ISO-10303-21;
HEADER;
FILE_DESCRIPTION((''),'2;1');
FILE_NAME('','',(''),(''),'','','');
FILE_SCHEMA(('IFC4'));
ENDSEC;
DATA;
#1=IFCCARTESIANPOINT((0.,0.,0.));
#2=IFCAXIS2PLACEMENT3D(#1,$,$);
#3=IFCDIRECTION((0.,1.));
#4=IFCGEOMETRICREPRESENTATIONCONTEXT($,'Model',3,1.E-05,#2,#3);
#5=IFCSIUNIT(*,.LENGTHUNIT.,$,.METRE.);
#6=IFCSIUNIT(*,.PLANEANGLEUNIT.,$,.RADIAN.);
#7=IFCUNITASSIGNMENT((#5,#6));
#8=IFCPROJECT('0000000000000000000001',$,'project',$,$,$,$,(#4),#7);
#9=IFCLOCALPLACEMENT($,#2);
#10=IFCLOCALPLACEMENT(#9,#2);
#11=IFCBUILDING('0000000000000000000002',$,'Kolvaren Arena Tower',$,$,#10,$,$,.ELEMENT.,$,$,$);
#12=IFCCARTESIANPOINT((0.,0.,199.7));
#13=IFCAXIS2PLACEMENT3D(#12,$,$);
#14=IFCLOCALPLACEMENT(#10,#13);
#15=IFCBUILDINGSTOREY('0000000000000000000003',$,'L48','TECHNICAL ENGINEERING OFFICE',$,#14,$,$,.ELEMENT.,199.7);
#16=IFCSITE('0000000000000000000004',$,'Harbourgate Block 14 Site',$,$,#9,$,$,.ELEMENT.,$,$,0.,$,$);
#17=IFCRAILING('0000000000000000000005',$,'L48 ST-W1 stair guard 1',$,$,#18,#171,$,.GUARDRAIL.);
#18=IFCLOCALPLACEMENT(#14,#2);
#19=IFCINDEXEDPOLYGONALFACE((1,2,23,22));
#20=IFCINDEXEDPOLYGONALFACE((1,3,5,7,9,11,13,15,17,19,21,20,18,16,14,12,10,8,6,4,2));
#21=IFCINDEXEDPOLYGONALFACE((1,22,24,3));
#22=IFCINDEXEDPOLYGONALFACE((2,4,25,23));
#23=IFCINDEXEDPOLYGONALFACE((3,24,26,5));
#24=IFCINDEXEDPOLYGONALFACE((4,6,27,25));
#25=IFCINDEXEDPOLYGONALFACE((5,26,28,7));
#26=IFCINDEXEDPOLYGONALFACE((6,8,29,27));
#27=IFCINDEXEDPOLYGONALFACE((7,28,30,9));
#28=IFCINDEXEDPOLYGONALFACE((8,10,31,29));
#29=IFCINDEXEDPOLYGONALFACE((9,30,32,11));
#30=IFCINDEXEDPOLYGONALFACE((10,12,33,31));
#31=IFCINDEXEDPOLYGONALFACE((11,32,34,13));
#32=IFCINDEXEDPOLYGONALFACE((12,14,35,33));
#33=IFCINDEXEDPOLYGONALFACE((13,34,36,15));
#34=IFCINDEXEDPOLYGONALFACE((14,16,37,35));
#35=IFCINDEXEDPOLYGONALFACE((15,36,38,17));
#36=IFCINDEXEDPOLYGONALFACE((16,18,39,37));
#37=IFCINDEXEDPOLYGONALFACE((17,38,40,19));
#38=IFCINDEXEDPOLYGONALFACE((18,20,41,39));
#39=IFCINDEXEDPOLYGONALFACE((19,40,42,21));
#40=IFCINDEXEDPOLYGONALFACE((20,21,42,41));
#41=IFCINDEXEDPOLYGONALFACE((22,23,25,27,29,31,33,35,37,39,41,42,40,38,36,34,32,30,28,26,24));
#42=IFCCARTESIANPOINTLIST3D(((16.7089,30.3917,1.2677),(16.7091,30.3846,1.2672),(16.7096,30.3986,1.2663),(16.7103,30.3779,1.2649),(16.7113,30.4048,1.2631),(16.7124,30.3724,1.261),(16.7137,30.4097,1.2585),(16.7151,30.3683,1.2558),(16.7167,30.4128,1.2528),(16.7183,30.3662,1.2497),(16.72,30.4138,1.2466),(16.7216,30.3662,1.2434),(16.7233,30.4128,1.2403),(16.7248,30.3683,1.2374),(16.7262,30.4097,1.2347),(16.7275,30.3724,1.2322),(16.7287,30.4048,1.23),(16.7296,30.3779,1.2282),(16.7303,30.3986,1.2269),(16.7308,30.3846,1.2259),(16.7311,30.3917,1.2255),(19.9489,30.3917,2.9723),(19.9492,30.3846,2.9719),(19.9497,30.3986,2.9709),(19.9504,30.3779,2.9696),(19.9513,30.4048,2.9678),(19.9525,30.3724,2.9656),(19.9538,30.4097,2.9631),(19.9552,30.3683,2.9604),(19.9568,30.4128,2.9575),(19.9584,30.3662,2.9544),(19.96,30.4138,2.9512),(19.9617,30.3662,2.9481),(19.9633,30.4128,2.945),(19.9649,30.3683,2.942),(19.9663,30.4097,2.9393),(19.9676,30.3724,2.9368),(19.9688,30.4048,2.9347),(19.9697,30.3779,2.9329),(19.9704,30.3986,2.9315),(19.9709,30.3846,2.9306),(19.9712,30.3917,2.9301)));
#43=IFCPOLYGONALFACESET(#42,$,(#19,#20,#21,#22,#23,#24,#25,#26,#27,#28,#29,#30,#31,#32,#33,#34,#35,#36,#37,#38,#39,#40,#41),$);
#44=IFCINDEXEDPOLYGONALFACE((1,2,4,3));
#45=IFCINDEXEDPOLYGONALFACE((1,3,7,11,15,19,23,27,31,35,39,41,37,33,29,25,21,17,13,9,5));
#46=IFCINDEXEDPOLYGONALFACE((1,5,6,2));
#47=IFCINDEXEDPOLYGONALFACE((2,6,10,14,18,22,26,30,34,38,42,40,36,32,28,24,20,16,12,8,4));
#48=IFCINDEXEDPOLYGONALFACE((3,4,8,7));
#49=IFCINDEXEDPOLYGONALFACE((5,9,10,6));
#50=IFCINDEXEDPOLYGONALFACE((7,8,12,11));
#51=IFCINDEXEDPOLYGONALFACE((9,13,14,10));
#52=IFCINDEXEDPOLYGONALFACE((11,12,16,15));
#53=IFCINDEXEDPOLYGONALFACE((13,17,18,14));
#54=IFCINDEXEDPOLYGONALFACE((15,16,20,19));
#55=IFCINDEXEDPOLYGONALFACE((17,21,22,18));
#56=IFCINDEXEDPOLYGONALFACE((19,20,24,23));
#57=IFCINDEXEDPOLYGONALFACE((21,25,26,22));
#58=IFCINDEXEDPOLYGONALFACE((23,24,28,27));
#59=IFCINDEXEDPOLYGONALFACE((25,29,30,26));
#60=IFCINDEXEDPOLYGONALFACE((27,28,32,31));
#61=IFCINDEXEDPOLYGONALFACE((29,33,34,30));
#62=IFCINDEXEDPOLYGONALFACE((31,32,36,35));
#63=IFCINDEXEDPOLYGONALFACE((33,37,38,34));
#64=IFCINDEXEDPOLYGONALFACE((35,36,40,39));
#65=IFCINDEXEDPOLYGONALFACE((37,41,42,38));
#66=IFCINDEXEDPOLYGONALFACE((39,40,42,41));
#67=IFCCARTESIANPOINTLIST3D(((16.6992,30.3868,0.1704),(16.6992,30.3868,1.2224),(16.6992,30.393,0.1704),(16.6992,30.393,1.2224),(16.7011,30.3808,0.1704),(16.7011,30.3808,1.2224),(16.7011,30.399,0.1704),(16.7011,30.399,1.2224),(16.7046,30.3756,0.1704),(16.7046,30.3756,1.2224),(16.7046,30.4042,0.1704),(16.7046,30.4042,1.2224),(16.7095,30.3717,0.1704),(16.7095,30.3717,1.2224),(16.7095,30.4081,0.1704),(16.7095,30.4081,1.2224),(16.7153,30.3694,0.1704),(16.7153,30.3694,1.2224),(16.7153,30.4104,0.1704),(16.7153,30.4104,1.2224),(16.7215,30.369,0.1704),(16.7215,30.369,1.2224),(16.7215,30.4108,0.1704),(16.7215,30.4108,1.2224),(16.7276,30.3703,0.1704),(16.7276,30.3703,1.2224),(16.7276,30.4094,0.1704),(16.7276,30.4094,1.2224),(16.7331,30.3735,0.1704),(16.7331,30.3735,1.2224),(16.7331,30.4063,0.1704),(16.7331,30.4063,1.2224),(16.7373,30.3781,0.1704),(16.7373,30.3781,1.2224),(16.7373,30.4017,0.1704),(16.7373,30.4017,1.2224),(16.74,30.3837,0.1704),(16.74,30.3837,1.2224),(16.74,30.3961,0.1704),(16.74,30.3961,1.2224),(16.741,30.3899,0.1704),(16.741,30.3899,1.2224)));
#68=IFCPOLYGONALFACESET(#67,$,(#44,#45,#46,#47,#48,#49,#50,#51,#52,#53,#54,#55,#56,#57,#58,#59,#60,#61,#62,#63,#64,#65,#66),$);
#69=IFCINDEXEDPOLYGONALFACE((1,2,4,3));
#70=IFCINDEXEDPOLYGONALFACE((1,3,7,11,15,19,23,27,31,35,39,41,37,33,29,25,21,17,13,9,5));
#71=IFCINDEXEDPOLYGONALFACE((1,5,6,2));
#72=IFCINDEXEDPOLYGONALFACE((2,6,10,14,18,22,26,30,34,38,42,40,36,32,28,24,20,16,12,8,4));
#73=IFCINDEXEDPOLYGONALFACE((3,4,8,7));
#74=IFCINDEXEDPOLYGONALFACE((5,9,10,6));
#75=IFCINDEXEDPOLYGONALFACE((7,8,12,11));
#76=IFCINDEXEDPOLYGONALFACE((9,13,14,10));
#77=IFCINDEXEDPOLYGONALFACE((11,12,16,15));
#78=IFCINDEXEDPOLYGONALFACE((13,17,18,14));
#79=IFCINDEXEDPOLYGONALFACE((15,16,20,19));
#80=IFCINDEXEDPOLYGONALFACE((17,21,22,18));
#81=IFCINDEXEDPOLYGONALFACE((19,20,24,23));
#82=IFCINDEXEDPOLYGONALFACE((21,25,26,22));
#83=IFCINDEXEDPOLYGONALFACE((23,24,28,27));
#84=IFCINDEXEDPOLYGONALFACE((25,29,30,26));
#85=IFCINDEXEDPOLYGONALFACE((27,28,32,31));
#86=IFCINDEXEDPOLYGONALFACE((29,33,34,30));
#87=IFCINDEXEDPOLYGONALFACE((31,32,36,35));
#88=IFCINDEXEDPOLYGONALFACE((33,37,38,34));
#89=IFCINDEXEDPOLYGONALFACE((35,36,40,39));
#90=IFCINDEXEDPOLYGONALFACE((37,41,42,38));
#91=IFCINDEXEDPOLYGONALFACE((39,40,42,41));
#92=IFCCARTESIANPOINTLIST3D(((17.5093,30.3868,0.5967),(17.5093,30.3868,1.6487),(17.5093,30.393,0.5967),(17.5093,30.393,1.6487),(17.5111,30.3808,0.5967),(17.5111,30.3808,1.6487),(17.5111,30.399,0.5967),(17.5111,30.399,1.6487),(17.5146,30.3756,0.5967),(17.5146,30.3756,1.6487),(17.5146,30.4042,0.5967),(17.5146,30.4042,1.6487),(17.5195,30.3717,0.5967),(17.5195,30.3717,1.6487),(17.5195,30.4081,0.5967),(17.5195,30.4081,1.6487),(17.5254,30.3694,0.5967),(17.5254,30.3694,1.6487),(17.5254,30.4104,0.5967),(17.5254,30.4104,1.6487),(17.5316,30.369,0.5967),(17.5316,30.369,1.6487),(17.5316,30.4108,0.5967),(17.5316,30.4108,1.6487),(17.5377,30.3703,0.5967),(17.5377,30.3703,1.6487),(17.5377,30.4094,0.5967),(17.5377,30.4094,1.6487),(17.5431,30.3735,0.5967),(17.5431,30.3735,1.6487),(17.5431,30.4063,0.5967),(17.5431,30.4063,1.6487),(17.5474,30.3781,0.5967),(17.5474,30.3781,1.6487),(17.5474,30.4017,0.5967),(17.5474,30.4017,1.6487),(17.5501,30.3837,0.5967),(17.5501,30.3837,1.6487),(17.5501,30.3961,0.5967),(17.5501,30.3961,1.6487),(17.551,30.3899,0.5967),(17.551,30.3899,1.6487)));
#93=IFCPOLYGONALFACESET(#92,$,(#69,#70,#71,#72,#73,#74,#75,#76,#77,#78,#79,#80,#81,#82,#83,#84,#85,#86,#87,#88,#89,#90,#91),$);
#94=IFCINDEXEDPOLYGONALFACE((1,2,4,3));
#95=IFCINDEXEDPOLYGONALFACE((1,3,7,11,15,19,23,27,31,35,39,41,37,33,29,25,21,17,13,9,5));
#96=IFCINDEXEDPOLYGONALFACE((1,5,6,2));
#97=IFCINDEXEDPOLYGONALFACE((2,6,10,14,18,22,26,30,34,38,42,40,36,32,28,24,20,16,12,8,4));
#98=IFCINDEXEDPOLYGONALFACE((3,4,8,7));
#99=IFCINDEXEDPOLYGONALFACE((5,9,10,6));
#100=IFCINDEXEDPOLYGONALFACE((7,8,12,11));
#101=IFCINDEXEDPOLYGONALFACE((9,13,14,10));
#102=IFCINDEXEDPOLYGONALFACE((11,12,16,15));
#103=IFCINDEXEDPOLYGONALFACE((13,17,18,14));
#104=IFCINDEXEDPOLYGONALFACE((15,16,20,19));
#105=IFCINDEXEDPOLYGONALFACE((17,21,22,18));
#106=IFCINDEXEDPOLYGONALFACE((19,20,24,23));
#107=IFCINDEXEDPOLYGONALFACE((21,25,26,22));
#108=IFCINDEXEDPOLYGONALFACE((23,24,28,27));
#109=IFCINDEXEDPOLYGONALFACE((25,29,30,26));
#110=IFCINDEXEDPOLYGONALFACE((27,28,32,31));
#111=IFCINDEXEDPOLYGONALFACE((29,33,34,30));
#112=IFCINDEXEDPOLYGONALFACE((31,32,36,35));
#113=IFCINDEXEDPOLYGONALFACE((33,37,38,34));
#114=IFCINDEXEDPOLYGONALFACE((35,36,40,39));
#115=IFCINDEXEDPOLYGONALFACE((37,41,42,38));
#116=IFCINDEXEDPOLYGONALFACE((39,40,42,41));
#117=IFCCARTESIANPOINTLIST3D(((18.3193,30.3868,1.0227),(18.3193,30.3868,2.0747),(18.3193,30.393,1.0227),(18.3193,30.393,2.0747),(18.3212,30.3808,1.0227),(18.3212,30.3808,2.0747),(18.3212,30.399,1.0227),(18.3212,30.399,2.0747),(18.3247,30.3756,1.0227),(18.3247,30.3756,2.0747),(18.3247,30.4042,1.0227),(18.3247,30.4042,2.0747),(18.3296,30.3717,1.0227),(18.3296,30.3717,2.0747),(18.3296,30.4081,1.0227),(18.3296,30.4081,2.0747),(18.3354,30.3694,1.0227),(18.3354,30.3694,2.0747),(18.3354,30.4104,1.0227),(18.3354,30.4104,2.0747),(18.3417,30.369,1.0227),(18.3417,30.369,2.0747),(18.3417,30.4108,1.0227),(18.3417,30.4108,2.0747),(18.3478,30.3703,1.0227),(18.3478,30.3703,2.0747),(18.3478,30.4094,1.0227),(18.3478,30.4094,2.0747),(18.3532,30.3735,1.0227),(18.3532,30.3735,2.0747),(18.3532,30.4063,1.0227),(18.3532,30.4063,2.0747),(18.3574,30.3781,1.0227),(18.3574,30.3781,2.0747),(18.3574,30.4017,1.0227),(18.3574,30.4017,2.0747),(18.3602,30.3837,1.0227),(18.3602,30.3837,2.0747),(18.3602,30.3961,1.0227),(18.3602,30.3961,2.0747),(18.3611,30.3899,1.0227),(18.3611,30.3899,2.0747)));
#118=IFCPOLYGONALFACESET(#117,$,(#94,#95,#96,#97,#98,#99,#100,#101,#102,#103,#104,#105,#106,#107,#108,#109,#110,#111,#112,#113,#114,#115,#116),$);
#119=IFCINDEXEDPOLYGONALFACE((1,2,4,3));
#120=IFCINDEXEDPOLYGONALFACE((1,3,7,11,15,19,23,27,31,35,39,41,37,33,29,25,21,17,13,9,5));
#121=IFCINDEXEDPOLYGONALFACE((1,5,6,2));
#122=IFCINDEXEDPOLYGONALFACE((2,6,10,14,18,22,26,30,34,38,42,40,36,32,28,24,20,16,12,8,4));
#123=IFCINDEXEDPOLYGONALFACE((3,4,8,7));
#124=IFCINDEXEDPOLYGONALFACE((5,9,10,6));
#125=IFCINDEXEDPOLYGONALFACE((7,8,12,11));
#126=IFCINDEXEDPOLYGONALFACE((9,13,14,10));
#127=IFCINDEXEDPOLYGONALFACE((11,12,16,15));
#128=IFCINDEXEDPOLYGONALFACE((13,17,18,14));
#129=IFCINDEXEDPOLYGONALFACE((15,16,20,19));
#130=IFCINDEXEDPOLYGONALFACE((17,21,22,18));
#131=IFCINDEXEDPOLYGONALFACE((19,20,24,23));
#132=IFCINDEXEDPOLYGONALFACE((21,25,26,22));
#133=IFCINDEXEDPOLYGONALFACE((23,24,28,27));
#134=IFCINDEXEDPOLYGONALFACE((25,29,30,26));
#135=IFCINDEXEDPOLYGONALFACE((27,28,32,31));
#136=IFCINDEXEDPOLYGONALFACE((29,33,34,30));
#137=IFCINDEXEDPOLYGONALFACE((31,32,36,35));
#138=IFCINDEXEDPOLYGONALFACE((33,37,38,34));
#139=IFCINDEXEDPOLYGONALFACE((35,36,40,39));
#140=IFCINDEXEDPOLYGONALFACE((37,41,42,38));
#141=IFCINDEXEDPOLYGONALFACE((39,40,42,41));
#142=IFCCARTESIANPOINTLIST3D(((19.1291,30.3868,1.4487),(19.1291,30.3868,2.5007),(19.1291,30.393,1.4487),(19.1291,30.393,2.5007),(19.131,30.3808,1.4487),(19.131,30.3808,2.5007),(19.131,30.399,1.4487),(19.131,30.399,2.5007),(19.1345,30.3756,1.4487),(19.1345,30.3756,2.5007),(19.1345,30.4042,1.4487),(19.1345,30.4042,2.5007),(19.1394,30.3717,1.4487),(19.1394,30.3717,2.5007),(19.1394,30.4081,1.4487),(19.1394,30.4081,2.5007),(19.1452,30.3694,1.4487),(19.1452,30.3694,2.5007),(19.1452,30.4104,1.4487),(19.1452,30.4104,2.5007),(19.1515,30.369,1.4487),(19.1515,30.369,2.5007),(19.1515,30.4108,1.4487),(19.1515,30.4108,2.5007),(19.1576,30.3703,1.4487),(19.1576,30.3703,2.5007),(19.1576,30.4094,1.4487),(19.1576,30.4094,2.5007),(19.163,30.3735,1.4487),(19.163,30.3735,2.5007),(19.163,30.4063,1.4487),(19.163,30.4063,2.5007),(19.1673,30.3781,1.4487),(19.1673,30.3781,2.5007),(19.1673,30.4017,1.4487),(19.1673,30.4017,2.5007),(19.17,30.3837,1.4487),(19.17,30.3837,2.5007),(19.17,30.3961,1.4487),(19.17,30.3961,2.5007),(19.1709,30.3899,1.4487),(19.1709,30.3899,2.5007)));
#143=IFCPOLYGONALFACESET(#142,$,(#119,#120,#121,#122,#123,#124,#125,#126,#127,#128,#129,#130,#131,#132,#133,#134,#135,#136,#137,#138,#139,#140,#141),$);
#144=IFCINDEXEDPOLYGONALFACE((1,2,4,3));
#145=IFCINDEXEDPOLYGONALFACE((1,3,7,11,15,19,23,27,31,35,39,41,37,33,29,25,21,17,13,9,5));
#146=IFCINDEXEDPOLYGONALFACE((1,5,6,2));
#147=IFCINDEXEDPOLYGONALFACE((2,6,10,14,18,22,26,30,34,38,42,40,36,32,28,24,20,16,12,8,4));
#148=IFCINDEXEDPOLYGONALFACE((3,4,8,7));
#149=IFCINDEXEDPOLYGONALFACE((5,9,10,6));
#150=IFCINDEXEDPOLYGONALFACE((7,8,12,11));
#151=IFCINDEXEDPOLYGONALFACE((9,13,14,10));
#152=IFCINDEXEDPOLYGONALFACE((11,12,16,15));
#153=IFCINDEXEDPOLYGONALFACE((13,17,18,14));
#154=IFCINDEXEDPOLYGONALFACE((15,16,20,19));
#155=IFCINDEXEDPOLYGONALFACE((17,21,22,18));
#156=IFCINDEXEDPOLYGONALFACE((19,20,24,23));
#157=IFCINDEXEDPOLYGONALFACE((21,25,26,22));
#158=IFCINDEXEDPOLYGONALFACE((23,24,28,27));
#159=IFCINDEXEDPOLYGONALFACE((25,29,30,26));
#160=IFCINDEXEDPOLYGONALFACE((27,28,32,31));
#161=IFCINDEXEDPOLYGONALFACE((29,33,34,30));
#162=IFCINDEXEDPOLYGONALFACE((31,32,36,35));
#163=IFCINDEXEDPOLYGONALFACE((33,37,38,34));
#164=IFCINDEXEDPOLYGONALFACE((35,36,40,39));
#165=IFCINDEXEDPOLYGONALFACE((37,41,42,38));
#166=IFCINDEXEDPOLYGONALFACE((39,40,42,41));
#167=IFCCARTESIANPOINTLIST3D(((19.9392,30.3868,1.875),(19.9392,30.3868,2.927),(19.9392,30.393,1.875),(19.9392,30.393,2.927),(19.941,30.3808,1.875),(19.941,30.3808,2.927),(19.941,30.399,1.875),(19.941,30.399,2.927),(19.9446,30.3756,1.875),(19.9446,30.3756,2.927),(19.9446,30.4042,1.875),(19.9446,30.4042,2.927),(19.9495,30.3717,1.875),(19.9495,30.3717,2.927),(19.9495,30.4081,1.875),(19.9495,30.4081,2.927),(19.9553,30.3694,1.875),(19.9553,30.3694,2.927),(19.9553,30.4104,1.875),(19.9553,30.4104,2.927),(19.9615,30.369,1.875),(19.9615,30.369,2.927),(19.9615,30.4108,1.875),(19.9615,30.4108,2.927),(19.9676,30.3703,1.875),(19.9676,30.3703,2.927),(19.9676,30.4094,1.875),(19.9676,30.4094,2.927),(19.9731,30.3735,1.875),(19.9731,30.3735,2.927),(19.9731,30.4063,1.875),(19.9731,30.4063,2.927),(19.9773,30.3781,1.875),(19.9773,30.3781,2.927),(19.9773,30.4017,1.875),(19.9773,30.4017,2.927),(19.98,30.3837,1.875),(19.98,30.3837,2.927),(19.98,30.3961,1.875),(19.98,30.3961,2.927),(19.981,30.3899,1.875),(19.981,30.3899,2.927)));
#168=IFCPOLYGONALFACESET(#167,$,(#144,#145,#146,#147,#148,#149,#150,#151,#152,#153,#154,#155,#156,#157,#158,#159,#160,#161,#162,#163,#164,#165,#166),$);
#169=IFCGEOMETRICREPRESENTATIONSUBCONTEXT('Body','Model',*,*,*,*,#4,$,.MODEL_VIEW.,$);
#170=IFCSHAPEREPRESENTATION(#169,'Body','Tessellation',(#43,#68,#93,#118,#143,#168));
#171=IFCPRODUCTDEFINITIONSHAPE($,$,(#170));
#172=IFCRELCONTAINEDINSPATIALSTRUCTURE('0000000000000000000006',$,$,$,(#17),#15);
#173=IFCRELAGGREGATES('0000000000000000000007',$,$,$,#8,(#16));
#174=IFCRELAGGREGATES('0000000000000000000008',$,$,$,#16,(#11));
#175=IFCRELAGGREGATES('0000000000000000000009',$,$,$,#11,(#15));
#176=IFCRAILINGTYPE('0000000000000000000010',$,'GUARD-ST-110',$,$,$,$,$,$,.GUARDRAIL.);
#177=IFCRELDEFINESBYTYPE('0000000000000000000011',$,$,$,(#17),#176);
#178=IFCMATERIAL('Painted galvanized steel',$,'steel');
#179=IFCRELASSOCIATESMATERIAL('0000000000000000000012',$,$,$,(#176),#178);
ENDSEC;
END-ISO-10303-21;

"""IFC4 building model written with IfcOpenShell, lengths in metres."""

from ifc_helpers import new_model, si_unit, direction, frame, origin, origin_2d, place, context, subcontext, project, spatial, circle, extrude, material, type_object, element, save


model = new_model("IFC4")

# Units and contexts
model_context = context("Model", 3, precision=1e-05, world=origin(), true_north=direction((0.0, 1.0)))
body_context = subcontext(model_context, "Body", "Model", "MODEL_VIEW")
ifc_project = project(units=[si_unit("LENGTHUNIT", "METRE"), si_unit("PLANEANGLEUNIT", "RADIAN")], contexts=[model_context])

# Site, building, storey
site_placement = place(None, origin())
site = spatial("IfcSite", under=ifc_project, at=site_placement, Name="Harbourgate Block 14 Site", CompositionType="ELEMENT", RefElevation=0.0)
building_placement = place(site_placement, origin())
building = spatial("IfcBuilding", under=site, at=building_placement, Name="Kolvaren Arena Tower", CompositionType="ELEMENT")
storey_placement = place(building_placement, frame((0.0, 0.0, 199.7)))
storey = spatial("IfcBuildingStorey", under=building, at=storey_placement, Name="L48", Description="TECHNICAL ENGINEERING OFFICE", CompositionType="ELEMENT", Elevation=199.7)

# Railing
ifc_material_1 = material(Name="Painted galvanized steel", Category="steel")
railing_type_1 = type_object("IfcRailingType", Name="GUARD-ST-110", PredefinedType="GUARDRAIL", material=ifc_material_1)
railing_1_placement = place(storey_placement, frame((16.72, 30.3899, 0.1704)))
element("IfcRailing", 1, at=railing_1_placement, inside=storey, type_object=railing_type_1, Name="L48 ST-W1 stair guard 1", PredefinedType="GUARDRAIL", context=body_context, shape_type="SweptSolid", body=[
    extrude(circle(Radius=0.0239, at=origin_2d()), frame((0.0, 0.0, 1.0762), z_axis=(0.884993, 0.0, 0.465604), x_axis=(0.0, 1.0, 0.0)), (0.0, 0.0, 1.0), 3.6611),
    extrude(circle(Radius=0.021, at=origin_2d()), origin(), (0.0, 0.0, 1.0), 1.052),
    extrude(circle(Radius=0.021, at=origin_2d()), frame((0.8101, 0.0, 0.4263)), (0.0, 0.0, 1.0), 1.052),
    extrude(circle(Radius=0.021, at=origin_2d()), frame((1.6201, 0.0, 0.8523)), (0.0, 0.0, 1.0), 1.052),
    extrude(circle(Radius=0.021, at=origin_2d()), frame((2.4299, 0.0, 1.2783)), (0.0, 0.0, 1.0), 1.052),
    extrude(circle(Radius=0.021, at=origin_2d()), frame((3.24, 0.0, 1.7046)), (0.0, 0.0, 1.0), 1.052),
])

save(model, "model.ifc")
